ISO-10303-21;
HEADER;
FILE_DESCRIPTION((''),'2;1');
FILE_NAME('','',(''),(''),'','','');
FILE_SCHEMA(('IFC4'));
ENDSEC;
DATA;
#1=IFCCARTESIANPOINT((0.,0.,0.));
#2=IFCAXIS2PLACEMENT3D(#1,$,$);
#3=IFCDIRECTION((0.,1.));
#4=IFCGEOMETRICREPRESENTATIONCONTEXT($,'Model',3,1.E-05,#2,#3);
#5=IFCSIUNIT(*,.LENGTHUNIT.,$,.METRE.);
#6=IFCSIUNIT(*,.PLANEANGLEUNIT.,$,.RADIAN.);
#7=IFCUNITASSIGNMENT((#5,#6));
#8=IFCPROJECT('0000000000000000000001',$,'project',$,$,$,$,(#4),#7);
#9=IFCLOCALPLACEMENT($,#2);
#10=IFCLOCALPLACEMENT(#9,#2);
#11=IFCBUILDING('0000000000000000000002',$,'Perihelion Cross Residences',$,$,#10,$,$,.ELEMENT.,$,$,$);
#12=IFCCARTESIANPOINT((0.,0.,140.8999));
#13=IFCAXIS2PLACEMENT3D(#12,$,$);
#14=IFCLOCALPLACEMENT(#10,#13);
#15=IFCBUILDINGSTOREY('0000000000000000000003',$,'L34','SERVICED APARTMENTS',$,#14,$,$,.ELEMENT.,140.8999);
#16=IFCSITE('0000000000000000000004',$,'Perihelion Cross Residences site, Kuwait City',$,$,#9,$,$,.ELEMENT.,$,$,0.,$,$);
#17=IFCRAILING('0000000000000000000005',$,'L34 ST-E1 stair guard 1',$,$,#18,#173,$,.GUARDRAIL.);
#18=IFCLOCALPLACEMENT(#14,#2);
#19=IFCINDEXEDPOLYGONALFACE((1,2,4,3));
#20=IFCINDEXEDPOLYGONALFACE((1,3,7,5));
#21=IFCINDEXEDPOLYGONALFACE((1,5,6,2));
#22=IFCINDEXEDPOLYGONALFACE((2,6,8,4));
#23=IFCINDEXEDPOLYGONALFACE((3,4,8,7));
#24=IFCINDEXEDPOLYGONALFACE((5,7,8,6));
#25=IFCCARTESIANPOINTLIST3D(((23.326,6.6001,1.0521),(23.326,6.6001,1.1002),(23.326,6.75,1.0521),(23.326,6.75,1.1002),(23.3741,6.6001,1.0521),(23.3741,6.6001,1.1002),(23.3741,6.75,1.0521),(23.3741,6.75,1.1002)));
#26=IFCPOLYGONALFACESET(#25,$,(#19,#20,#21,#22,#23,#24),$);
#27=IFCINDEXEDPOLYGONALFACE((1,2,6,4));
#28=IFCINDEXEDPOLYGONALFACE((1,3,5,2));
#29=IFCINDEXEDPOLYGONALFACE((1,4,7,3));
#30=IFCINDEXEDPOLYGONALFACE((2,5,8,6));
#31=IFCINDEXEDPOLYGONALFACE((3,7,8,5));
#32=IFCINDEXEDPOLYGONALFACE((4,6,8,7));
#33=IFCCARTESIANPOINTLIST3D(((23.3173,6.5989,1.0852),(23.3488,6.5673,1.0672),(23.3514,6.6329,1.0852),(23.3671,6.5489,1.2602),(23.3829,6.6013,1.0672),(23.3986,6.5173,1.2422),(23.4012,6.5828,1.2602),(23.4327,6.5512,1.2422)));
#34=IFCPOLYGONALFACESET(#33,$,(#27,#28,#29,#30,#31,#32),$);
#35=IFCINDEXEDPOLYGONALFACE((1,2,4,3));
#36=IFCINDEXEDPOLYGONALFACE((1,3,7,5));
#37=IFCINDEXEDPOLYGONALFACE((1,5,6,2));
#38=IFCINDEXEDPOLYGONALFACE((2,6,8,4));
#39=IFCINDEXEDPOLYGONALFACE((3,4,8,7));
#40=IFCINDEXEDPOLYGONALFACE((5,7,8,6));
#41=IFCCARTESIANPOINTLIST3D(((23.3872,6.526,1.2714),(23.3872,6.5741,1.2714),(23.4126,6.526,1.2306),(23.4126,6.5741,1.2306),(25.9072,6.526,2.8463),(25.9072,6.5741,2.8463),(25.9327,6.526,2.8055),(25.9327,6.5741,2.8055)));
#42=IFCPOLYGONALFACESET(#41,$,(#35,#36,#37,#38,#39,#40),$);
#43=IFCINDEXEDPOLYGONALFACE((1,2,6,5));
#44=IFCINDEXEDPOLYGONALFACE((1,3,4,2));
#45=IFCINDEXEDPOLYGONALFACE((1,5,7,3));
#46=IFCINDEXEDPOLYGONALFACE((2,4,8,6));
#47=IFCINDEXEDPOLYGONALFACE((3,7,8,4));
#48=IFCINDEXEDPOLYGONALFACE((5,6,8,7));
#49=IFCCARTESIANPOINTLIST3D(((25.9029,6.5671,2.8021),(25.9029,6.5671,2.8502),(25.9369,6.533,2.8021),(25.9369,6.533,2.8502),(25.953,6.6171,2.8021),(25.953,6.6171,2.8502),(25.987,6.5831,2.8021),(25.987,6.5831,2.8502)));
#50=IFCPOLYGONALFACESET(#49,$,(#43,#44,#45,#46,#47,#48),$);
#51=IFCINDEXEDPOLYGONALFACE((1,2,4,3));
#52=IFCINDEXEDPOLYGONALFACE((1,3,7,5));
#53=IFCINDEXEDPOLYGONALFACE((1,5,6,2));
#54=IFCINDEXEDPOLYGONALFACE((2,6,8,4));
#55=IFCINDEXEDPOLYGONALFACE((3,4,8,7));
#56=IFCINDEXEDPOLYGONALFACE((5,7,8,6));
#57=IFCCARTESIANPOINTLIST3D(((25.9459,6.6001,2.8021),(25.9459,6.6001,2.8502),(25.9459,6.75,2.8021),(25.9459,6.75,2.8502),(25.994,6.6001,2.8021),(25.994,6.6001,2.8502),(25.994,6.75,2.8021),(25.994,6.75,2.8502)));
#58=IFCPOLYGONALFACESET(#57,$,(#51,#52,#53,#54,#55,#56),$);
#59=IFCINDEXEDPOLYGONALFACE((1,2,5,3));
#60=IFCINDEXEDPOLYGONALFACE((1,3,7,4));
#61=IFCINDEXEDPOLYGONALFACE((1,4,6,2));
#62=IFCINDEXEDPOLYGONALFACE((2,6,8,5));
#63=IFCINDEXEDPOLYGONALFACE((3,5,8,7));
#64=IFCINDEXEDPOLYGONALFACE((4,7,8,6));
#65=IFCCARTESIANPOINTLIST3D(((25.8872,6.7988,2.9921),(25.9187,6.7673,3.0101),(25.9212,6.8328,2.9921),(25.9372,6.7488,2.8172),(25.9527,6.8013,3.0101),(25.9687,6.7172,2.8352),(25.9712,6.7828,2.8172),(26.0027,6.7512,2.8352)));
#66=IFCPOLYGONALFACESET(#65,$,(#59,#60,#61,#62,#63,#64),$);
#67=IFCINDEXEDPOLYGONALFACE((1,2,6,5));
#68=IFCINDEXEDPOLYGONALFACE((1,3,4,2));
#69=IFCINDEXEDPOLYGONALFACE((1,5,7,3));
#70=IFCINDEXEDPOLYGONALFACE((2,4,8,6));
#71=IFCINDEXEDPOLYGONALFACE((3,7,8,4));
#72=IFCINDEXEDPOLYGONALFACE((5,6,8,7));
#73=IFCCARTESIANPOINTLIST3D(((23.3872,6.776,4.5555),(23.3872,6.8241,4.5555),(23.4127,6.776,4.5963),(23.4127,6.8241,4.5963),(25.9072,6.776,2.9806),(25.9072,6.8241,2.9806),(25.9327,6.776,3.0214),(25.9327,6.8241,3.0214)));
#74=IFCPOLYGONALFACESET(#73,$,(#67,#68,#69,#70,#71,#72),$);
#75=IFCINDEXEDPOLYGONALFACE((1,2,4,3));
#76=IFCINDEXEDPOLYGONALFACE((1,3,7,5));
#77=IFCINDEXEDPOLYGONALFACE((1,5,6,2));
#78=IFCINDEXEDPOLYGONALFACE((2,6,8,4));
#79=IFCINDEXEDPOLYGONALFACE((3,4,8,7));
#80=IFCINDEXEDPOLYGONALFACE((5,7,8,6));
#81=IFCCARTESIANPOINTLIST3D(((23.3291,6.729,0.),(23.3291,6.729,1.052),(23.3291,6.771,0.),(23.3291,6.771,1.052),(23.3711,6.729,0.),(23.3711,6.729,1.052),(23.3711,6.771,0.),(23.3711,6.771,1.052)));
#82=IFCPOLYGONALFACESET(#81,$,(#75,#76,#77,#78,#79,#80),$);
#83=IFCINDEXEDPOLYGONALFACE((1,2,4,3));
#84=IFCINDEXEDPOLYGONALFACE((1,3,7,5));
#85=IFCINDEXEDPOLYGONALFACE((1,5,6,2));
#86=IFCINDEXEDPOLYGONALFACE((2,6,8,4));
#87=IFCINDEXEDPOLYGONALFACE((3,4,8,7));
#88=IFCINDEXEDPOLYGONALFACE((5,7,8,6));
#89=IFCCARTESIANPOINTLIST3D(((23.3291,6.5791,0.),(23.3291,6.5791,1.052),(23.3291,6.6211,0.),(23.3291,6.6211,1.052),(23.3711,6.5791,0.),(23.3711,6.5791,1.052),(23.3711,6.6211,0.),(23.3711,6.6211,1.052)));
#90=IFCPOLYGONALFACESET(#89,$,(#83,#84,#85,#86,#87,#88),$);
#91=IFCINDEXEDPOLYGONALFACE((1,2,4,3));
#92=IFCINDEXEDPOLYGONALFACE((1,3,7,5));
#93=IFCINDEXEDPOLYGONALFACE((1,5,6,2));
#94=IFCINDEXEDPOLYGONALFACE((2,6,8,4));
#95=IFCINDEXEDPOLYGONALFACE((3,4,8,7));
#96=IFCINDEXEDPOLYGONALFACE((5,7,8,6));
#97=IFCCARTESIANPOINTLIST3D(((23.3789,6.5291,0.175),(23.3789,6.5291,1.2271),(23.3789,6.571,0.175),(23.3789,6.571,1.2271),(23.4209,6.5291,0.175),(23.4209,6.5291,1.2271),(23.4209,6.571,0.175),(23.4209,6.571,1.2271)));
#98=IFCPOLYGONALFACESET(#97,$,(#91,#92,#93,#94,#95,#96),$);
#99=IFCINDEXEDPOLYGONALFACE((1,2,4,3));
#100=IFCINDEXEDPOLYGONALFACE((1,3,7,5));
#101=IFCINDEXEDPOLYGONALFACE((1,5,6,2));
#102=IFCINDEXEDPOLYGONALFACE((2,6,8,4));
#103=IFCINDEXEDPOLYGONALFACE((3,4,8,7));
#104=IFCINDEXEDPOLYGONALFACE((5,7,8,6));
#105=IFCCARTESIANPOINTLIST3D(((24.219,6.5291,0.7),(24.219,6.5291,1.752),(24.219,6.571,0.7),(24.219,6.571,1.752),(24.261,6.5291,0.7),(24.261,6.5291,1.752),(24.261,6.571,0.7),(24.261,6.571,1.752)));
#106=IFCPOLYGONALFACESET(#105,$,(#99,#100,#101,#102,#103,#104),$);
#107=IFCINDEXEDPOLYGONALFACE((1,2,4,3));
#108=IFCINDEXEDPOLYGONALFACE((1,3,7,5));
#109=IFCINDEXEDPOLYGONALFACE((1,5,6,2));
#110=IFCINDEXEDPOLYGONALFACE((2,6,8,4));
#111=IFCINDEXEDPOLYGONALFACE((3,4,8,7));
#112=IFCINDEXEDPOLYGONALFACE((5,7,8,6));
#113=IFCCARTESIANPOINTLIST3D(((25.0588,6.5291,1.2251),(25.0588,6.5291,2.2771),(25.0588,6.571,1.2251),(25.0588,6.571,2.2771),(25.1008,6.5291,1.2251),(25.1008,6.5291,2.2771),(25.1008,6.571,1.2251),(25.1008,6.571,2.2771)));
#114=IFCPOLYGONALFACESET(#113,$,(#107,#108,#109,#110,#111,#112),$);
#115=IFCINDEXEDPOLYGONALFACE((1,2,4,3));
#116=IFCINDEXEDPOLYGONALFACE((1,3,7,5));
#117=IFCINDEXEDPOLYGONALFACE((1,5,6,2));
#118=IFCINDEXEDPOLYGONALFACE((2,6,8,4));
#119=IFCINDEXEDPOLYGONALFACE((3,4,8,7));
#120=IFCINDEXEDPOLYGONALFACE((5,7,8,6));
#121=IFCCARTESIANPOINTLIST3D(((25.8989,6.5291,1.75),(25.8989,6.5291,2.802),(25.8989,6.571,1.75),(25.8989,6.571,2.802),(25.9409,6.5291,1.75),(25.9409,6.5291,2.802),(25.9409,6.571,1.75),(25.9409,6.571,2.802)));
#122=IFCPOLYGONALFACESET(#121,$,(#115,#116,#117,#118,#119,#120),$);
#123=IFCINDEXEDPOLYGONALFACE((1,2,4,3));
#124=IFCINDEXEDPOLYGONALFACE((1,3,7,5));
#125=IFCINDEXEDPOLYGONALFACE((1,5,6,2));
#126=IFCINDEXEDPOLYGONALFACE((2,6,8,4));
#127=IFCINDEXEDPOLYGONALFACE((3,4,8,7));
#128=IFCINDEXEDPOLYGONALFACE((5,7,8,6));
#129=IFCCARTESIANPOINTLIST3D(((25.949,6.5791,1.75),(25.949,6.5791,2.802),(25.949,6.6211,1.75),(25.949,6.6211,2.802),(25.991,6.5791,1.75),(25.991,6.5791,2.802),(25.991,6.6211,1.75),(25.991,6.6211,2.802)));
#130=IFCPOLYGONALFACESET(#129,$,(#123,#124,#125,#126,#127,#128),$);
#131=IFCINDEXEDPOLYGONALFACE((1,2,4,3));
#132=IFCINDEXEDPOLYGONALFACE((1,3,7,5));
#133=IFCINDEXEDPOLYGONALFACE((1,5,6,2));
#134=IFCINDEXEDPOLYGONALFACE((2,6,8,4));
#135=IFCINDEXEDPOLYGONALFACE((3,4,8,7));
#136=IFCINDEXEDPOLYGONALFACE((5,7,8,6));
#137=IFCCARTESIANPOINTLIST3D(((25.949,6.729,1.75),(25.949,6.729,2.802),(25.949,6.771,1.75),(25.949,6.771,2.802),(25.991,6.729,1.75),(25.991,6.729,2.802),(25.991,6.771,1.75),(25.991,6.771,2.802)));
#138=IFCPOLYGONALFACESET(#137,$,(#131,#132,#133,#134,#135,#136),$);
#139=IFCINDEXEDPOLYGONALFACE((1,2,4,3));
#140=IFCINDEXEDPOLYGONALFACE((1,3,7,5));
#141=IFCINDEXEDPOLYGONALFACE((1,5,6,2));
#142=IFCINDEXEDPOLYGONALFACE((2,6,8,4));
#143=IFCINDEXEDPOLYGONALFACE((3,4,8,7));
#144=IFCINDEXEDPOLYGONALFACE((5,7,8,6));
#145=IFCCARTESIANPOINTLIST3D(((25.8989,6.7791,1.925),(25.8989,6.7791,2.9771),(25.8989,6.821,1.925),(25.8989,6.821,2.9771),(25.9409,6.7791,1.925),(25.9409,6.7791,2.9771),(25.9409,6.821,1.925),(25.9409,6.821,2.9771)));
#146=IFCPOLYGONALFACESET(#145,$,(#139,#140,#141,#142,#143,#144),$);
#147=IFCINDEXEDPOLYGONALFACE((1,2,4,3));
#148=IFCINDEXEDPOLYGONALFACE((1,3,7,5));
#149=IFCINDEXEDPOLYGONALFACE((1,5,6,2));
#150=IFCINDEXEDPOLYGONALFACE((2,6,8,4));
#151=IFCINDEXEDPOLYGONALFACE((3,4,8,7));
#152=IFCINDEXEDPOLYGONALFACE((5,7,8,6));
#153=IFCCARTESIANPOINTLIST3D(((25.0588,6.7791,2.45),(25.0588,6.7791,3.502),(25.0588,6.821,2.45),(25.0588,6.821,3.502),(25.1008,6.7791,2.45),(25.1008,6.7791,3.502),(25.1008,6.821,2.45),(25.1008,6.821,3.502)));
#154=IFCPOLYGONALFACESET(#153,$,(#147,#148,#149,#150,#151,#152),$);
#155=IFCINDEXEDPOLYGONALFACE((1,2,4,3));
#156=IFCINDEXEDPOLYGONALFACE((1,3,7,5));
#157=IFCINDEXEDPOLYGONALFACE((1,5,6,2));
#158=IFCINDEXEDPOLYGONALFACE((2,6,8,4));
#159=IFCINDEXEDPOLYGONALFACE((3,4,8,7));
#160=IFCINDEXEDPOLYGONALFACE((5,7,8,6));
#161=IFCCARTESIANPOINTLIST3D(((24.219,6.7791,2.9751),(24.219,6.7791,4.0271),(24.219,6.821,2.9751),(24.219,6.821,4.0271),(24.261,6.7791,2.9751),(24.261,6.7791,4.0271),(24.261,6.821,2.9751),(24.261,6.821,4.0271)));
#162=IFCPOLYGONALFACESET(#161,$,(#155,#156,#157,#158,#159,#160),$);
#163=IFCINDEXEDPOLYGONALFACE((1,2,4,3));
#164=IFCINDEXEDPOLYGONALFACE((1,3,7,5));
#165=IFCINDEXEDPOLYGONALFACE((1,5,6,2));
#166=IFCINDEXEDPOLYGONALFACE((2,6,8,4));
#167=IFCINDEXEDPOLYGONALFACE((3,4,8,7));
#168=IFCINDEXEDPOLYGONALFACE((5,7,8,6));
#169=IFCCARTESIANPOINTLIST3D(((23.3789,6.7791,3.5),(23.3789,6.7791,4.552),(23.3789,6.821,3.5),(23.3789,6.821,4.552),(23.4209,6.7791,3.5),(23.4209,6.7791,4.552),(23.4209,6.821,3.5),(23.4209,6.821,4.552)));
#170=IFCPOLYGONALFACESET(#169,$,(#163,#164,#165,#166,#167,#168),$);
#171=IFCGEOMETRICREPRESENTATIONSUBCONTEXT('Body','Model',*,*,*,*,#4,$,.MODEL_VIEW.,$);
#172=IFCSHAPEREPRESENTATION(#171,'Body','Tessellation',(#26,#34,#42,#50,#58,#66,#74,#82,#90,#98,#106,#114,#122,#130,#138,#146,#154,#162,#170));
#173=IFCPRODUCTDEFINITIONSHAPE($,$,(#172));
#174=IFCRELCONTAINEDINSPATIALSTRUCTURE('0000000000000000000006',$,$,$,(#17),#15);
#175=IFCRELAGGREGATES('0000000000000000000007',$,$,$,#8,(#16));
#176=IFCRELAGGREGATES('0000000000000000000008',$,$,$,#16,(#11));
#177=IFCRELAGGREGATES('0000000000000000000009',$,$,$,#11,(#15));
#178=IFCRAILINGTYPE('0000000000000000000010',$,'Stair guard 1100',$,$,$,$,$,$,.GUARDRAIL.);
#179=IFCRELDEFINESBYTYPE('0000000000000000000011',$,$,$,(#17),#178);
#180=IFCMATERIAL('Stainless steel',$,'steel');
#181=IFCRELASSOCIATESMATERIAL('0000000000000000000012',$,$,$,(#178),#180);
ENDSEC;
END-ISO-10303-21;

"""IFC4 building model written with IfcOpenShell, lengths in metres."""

from ifc_helpers import new_model, si_unit, direction, frame, origin, origin_2d, place, context, subcontext, project, spatial, rectangle, extrude, material, type_object, element, save


model = new_model("IFC4")

# Units and contexts
model_context = context("Model", 3, precision=1e-05, world=origin(), true_north=direction((0.0, 1.0)))
body_context = subcontext(model_context, "Body", "Model", "MODEL_VIEW")
ifc_project = project(units=[si_unit("LENGTHUNIT", "METRE"), si_unit("PLANEANGLEUNIT", "RADIAN")], contexts=[model_context])

# Site, building, storey
site_placement = place(None, origin())
site = spatial("IfcSite", under=ifc_project, at=site_placement, Name="Perihelion Cross Residences site, Kuwait City", CompositionType="ELEMENT", RefElevation=0.0)
building_placement = place(site_placement, origin())
building = spatial("IfcBuilding", under=site, at=building_placement, Name="Perihelion Cross Residences", CompositionType="ELEMENT")
storey_placement = place(building_placement, frame((0.0, 0.0, 140.8999)))
storey = spatial("IfcBuildingStorey", under=building, at=storey_placement, Name="L34", Description="SERVICED APARTMENTS", CompositionType="ELEMENT", Elevation=140.8999)

# Railing
ifc_material_1 = material(Name="Stainless steel", Category="steel")
railing_type_1 = type_object("IfcRailingType", Name="Stair guard 1100", PredefinedType="GUARDRAIL", material=ifc_material_1)
railing_1_placement = place(storey_placement, frame((23.3501, 6.75, 0.0)))
element("IfcRailing", 1, at=railing_1_placement, inside=storey, type_object=railing_type_1, Name="L34 ST-E1 stair guard 1", PredefinedType="GUARDRAIL", context=body_context, shape_type="SweptSolid", body=[
    extrude(rectangle(XDim=0.0481, YDim=0.0481, at=origin_2d()), frame((0.0, 0.0, 1.0762), z_axis=(0.0, -1.0, 0.0), x_axis=(1.0, 0.0, 0.0)), (0.0, 0.0, 1.0), 0.1499),
    extrude(rectangle(XDim=0.0481, YDim=0.0481, at=origin_2d()), frame((0.0, -0.1499, 1.0762), z_axis=(0.263862, -0.265156, 0.927399), x_axis=(0.708834, 0.705376, 0.0)), (0.0, 0.0, 1.0), 0.1887),
    extrude(rectangle(XDim=0.0481, YDim=0.0481, at=origin_2d()), frame((0.0498, -0.2, 1.251), z_axis=(0.848008, 0.0, 0.529984), x_axis=(0.0, 1.0, 0.0)), (0.0, 0.0, 1.0), 2.9717),
    extrude(rectangle(XDim=0.0481, YDim=0.0481, at=origin_2d()), frame((2.5698, -0.2, 2.8262), z_axis=(0.707107, 0.707107, 0.0), x_axis=(-0.707107, 0.707107, 0.0)), (0.0, 0.0, 1.0), 0.0708),
    extrude(rectangle(XDim=0.0481, YDim=0.0481, at=origin_2d()), frame((2.6199, -0.1499, 2.8262), z_axis=(0.0, 1.0, 0.0), x_axis=(-1.0, 0.0, 0.0)), (0.0, 0.0, 1.0), 0.1499),
    extrude(rectangle(XDim=0.0481, YDim=0.0481, at=origin_2d()), frame((2.6199, 0.0, 2.8262), z_axis=(-0.265065, 0.265065, 0.927082), x_axis=(-0.707107, -0.707107, 0.0)), (0.0, 0.0, 1.0), 0.1887),
    extrude(rectangle(XDim=0.0481, YDim=0.0481, at=origin_2d()), frame((2.5698, 0.05, 3.001), z_axis=(-0.848008, 0.0, 0.529984), x_axis=(0.0, -1.0, 0.0)), (0.0, 0.0, 1.0), 2.9717),
    extrude(rectangle(XDim=0.042, YDim=0.042, at=origin_2d()), origin(), (0.0, 0.0, 1.0), 1.052),
    extrude(rectangle(XDim=0.042, YDim=0.042, at=origin_2d()), frame((0.0, -0.1499, 0.0)), (0.0, 0.0, 1.0), 1.052),
    extrude(rectangle(XDim=0.042, YDim=0.042, at=origin_2d()), frame((0.0498, -0.2, 0.175)), (0.0, 0.0, 1.0), 1.052),
    extrude(rectangle(XDim=0.042, YDim=0.042, at=origin_2d()), frame((0.8899, -0.2, 0.7)), (0.0, 0.0, 1.0), 1.052),
    extrude(rectangle(XDim=0.042, YDim=0.042, at=origin_2d()), frame((1.7297, -0.2, 1.2251)), (0.0, 0.0, 1.0), 1.052),
    extrude(rectangle(XDim=0.042, YDim=0.042, at=origin_2d()), frame((2.5698, -0.2, 1.75)), (0.0, 0.0, 1.0), 1.052),
    extrude(rectangle(XDim=0.042, YDim=0.042, at=origin_2d()), frame((2.6199, -0.1499, 1.75)), (0.0, 0.0, 1.0), 1.052),
    extrude(rectangle(XDim=0.042, YDim=0.042, at=origin_2d()), frame((2.6199, 0.0, 1.75)), (0.0, 0.0, 1.0), 1.052),
    extrude(rectangle(XDim=0.042, YDim=0.042, at=origin_2d()), frame((2.5698, 0.05, 1.925)), (0.0, 0.0, 1.0), 1.052),
    extrude(rectangle(XDim=0.042, YDim=0.042, at=origin_2d()), frame((1.7297, 0.05, 2.45)), (0.0, 0.0, 1.0), 1.052),
    extrude(rectangle(XDim=0.042, YDim=0.042, at=origin_2d()), frame((0.8899, 0.05, 2.9751)), (0.0, 0.0, 1.0), 1.052),
    extrude(rectangle(XDim=0.042, YDim=0.042, at=origin_2d()), frame((0.0498, 0.05, 3.5)), (0.0, 0.0, 1.0), 1.052),
])

save(model, "model.ifc")
